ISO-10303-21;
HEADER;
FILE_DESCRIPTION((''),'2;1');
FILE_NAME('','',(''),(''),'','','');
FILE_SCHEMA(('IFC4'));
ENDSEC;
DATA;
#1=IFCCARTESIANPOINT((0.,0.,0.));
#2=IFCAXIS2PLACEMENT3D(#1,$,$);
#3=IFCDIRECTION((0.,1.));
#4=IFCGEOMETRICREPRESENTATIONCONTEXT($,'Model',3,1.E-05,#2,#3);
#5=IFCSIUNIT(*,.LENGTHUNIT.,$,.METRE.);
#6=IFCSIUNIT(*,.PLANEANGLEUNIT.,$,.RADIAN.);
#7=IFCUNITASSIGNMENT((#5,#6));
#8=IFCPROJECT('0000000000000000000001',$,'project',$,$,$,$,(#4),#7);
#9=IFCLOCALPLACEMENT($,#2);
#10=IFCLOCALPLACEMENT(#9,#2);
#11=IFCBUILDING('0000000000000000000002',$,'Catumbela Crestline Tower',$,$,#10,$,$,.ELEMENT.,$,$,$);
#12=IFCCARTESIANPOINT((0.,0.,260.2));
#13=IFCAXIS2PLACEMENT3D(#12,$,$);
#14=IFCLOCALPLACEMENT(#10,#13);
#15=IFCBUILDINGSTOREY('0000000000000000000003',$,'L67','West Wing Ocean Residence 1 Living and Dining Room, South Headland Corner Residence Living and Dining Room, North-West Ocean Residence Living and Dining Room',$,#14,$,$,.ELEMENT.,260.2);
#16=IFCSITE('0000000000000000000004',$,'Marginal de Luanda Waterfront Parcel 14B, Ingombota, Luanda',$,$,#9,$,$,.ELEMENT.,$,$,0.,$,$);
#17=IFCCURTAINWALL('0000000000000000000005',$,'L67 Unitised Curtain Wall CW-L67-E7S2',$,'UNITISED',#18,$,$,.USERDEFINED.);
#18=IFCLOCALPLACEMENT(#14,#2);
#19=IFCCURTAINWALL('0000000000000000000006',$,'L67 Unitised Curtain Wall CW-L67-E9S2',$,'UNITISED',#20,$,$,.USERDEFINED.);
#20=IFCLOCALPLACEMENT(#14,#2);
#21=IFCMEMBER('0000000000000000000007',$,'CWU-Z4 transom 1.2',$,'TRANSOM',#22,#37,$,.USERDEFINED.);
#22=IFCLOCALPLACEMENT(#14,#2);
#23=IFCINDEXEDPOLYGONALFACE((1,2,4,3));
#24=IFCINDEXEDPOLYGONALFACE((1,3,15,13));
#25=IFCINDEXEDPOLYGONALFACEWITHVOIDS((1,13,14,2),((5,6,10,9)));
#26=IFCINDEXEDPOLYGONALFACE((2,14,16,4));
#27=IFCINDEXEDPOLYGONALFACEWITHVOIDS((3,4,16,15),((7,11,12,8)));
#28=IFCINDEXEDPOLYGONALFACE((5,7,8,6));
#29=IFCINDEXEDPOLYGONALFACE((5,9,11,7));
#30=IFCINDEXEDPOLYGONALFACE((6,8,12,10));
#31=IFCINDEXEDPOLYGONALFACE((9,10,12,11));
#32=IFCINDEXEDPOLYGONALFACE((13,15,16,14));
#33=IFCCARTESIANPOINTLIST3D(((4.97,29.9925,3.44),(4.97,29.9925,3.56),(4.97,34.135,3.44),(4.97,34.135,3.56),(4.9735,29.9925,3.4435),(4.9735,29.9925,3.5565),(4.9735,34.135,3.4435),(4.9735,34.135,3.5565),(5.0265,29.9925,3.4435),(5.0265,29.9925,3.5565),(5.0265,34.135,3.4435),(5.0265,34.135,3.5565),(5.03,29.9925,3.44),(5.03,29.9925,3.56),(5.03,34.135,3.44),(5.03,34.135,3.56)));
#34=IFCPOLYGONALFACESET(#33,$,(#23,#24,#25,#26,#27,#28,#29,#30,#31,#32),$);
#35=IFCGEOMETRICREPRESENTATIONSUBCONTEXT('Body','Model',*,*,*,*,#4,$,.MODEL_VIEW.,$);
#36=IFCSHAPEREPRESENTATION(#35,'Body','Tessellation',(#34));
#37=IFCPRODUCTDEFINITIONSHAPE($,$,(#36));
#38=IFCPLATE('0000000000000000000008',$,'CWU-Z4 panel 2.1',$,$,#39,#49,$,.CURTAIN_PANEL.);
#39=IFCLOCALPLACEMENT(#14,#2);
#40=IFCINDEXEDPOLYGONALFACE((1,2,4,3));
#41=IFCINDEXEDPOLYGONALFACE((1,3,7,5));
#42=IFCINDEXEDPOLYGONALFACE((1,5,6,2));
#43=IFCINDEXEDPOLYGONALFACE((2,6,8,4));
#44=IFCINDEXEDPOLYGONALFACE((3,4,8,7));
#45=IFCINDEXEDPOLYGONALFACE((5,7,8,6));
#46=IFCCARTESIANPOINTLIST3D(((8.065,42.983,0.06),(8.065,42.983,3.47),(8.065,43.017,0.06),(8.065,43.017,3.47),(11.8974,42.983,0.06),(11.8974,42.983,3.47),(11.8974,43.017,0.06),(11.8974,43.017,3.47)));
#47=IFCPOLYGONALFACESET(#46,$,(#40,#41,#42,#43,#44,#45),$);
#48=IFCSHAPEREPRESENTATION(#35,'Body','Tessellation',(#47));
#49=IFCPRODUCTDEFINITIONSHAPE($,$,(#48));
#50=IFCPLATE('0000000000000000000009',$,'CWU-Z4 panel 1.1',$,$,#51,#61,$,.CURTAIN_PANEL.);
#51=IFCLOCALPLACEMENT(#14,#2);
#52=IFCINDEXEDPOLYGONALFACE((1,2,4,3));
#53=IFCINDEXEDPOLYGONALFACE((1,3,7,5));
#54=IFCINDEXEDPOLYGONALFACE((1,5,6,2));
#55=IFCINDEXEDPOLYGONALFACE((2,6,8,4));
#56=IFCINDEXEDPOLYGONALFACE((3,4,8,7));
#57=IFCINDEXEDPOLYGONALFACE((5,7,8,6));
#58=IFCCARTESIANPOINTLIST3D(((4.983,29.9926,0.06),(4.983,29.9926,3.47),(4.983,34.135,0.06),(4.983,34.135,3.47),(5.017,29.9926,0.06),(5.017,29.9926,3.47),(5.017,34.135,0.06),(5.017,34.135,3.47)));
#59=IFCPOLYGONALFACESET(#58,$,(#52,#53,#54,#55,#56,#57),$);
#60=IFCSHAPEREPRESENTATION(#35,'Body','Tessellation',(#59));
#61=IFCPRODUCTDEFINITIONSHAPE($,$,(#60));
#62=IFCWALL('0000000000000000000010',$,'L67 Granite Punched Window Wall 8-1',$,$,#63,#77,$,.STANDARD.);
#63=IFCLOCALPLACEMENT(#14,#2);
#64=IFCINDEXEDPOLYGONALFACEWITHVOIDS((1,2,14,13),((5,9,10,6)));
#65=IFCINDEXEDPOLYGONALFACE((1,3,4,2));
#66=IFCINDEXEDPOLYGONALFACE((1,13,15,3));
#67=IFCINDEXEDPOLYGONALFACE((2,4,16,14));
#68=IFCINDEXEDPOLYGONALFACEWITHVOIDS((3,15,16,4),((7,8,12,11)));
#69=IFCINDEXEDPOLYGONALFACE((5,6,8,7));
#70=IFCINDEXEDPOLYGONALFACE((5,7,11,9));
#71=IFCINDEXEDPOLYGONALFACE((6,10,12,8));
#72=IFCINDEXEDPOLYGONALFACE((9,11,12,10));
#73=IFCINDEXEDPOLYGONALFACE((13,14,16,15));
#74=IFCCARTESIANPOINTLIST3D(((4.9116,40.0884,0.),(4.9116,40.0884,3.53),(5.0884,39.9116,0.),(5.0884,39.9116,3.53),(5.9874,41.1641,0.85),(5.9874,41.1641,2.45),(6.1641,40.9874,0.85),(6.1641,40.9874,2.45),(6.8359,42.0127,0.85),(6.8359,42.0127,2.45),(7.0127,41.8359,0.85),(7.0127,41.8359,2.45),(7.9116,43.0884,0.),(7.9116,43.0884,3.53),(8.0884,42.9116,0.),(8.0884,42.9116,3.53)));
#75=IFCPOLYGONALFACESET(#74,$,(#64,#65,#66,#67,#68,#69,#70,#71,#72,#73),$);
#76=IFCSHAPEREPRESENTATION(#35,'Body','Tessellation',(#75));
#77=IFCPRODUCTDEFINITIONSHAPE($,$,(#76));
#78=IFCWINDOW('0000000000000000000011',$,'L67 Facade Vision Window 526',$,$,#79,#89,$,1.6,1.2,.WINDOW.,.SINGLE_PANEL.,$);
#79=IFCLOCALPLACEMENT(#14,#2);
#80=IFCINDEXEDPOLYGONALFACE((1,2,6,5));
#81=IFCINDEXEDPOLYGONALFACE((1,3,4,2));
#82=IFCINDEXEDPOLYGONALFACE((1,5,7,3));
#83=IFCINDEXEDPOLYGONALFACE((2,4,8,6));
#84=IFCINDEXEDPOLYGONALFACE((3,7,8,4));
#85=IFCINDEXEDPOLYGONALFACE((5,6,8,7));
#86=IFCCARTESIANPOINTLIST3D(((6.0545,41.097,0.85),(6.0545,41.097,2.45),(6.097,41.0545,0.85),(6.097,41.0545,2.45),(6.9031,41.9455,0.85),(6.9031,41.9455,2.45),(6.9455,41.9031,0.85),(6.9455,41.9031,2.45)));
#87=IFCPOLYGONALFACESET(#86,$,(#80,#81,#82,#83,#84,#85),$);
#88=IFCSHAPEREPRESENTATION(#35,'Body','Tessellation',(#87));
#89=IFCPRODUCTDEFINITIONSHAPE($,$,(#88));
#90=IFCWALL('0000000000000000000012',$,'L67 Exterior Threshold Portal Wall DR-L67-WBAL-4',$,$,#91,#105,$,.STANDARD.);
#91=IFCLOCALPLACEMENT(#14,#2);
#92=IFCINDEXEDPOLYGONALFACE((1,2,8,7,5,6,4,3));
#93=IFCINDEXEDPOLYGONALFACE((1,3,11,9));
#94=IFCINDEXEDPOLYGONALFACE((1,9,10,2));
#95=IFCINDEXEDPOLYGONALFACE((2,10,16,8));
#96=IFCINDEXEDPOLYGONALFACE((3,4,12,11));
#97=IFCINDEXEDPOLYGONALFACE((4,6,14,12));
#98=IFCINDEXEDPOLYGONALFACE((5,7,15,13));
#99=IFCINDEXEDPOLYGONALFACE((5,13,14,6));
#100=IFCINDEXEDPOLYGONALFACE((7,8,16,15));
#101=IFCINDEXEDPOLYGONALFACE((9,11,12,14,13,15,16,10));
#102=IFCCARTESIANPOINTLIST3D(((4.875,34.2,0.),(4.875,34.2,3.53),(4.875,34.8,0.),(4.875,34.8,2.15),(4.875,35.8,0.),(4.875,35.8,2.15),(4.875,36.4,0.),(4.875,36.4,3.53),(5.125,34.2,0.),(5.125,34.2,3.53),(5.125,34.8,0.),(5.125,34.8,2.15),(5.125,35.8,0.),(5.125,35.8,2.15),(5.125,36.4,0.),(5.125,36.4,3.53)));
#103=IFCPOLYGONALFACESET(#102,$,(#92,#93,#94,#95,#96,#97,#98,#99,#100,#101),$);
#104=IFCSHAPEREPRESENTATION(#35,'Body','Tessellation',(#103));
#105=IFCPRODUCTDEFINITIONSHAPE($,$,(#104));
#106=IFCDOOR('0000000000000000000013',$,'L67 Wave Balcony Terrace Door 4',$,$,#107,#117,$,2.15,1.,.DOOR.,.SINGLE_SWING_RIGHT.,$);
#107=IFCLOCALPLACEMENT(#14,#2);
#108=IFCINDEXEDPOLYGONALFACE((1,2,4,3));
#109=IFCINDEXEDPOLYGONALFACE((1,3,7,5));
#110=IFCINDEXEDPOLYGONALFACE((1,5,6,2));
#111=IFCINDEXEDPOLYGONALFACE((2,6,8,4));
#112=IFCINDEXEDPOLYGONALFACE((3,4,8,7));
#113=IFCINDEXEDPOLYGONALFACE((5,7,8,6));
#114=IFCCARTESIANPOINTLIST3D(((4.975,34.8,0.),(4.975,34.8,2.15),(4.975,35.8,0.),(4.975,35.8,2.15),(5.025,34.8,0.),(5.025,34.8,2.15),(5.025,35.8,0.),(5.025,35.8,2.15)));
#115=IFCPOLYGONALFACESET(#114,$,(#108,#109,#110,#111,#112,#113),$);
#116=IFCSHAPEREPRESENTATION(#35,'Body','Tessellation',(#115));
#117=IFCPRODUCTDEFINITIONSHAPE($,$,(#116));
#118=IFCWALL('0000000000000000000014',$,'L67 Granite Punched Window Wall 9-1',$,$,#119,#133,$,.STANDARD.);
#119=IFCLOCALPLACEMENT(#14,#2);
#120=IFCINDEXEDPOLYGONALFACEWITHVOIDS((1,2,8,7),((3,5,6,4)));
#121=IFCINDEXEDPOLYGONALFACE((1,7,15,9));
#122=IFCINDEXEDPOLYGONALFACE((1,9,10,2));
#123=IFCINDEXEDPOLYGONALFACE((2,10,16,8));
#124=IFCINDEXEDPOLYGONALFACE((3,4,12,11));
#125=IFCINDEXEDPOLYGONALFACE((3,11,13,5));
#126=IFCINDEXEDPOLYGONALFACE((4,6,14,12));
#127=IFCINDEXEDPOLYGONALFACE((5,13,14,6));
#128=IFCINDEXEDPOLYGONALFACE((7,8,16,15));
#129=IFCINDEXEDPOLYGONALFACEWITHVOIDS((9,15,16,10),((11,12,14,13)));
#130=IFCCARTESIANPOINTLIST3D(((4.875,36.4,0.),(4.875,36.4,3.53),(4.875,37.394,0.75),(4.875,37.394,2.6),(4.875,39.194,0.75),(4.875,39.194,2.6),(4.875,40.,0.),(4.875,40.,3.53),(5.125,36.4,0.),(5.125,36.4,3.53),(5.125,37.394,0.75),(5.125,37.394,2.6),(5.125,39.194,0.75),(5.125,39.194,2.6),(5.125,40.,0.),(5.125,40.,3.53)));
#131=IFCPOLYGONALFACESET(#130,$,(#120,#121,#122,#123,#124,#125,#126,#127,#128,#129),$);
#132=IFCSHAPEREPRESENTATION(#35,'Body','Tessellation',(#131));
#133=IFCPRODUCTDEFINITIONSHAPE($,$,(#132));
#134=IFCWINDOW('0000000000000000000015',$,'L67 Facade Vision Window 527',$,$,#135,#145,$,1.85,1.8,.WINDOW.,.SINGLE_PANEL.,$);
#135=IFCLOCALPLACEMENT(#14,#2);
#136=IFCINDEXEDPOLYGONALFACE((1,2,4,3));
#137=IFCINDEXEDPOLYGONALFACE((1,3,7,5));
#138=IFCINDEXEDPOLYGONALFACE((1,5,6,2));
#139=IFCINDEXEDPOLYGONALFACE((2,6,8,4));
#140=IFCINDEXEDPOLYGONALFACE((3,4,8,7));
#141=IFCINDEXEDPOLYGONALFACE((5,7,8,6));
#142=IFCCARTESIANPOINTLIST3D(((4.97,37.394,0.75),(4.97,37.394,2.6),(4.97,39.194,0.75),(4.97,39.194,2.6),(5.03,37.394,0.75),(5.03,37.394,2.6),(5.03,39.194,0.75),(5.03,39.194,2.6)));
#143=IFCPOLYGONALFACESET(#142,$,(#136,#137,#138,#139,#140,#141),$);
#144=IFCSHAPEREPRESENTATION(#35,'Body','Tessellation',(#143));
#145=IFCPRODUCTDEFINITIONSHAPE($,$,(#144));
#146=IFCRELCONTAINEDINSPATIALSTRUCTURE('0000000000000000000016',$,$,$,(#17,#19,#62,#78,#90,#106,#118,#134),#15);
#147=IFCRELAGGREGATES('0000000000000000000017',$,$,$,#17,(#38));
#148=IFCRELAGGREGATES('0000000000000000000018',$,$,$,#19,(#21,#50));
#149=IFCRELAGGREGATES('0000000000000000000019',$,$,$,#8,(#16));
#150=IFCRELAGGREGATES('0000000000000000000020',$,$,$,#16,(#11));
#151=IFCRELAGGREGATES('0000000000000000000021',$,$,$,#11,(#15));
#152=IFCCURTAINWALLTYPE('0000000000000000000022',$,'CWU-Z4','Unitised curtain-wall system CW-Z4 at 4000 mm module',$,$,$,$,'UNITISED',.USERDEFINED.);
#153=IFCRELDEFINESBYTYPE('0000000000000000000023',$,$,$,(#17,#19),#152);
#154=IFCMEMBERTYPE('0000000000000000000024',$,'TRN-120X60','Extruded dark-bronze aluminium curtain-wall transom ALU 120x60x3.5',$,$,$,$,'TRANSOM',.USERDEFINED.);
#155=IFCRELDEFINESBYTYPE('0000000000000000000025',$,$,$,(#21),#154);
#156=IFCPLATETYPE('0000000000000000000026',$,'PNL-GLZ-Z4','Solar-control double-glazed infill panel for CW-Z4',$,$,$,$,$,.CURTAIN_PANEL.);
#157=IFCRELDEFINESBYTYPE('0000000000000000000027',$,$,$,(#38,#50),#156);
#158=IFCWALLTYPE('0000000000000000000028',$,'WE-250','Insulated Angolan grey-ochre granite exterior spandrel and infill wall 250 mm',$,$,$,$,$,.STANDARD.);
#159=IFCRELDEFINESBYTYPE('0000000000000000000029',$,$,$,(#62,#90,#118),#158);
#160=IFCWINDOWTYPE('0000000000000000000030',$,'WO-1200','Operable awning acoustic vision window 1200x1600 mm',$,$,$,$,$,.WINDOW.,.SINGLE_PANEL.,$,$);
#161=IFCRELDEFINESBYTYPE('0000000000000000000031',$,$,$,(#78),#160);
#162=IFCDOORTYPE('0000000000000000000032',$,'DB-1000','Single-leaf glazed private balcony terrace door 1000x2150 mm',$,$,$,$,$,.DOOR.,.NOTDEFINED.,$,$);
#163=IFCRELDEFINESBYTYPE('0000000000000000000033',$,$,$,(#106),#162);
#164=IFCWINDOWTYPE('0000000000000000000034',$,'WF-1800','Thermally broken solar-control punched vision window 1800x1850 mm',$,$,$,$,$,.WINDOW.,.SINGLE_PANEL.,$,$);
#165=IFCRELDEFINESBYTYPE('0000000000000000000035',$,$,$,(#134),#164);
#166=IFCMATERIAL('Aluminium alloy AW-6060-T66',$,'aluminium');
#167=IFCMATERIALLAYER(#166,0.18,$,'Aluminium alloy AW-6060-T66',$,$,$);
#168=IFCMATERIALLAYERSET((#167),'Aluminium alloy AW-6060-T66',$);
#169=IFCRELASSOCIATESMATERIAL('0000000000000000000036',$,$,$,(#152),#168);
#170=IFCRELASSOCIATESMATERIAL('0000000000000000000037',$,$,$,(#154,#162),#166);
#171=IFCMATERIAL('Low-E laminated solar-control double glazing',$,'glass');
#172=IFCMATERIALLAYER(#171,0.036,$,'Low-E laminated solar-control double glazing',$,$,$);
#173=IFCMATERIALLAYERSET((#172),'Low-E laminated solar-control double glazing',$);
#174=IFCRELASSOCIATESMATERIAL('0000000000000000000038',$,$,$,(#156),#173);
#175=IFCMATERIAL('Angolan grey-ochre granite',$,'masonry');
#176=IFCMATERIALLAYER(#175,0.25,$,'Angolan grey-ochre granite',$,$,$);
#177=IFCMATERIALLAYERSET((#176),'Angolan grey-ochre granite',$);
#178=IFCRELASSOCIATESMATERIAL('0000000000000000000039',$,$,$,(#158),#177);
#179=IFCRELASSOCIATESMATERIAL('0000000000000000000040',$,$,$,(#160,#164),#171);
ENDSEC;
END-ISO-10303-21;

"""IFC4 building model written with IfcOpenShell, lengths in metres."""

from ifc_helpers import new_model, si_unit, direction, frame, frame_2d, origin, origin_2d, place, context, subcontext, project, spatial, rectangle, hollow_rectangle, extrude, material, layer, layer_set, material_profile, profile_set, type_object, element, fill, aggregate, save


model = new_model("IFC4")

# Units and contexts
model_context = context("Model", 3, precision=1e-05, world=origin(), true_north=direction((0.0, 1.0)))
body_context = subcontext(model_context, "Body", "Model", "MODEL_VIEW")
ifc_project = project(units=[si_unit("LENGTHUNIT", "METRE"), si_unit("PLANEANGLEUNIT", "RADIAN")], contexts=[model_context])

# Site, building, storey
site_placement = place(None, origin())
site = spatial("IfcSite", under=ifc_project, at=site_placement, Name="Marginal de Luanda Waterfront Parcel 14B, Ingombota, Luanda", CompositionType="ELEMENT", RefElevation=0.0)
building_placement = place(site_placement, origin())
building = spatial("IfcBuilding", under=site, at=building_placement, Name="Catumbela Crestline Tower", CompositionType="ELEMENT")
storey_placement = place(building_placement, frame((0.0, 0.0, 260.2)))
storey = spatial("IfcBuildingStorey", under=building, at=storey_placement, Name="L67", Description="West Wing Ocean Residence 1 Living and Dining Room, South Headland Corner Residence Living and Dining Room, North-West Ocean Residence Living and Dining Room", CompositionType="ELEMENT", Elevation=260.2)

# Curtain walls
ifc_material_1 = material(Name="Aluminium alloy AW-6060-T66", Category="aluminium")
ifc_layer_1 = layer(ifc_material_1, 0.18, Name="Aluminium alloy AW-6060-T66")
ifc_layer_set_1 = layer_set([ifc_layer_1], Name="Aluminium alloy AW-6060-T66")
curtain_wall_type = type_object("IfcCurtainWallType", Name="CWU-Z4", Description="Unitised curtain-wall system CW-Z4 at 4000 mm module", ElementType="UNITISED", PredefinedType="USERDEFINED", material=ifc_layer_set_1)
curtain_wall_1_placement = place(storey_placement, origin())
curtain_wall_1 = element("IfcCurtainWall", 1, at=curtain_wall_1_placement, inside=storey, type_object=curtain_wall_type, Name="L67 Unitised Curtain Wall CW-L67-E7S2", ObjectType="UNITISED", PredefinedType="USERDEFINED")
curtain_wall_2_placement = place(storey_placement, origin())
curtain_wall_2 = element("IfcCurtainWall", 2, at=curtain_wall_2_placement, inside=storey, type_object=curtain_wall_type, Name="L67 Unitised Curtain Wall CW-L67-E9S2", ObjectType="UNITISED", PredefinedType="USERDEFINED")

# Member
ifc_material_profile_1 = material_profile(ifc_material_1, hollow_rectangle(XDim=0.06, YDim=0.12, WallThickness=0.0035, at=origin_2d()), Name="ALU 120x60x3.5")
ifc_profile_set_1 = profile_set([ifc_material_profile_1], Name="Aluminium alloy AW-6060-T66")
member_type_1 = type_object("IfcMemberType", Name="TRN-120X60", Description="Extruded dark-bronze aluminium curtain-wall transom ALU 120x60x3.5", ElementType="TRANSOM", PredefinedType="USERDEFINED", material=ifc_profile_set_1)
member_1_placement = place(storey_placement, frame((5.0, 34.135, 3.5), z_axis=(0.0, -1.0, 0.0), x_axis=(1.0, 0.0, 0.0)))
member_1 = element("IfcMember", 3, at=member_1_placement, type_object=member_type_1, Name="CWU-Z4 transom 1.2", ObjectType="TRANSOM", PredefinedType="USERDEFINED", context=body_context, shape_type="SweptSolid", body=[
    extrude(hollow_rectangle(XDim=0.06, YDim=0.12, WallThickness=0.0035, at=origin_2d()), origin(), (0.0, 0.0, 1.0), 4.1425),
])

# Plates
ifc_material_2 = material(Name="Low-E laminated solar-control double glazing", Category="glass")
ifc_layer_2 = layer(ifc_material_2, 0.036, Name="Low-E laminated solar-control double glazing")
ifc_layer_set_2 = layer_set([ifc_layer_2], Name="Low-E laminated solar-control double glazing")
plate_type = type_object("IfcPlateType", Name="PNL-GLZ-Z4", Description="Solar-control double-glazed infill panel for CW-Z4", PredefinedType="CURTAIN_PANEL", material=ifc_layer_set_2)
plate_1_placement = place(storey_placement, frame((9.9812, 43.0, 0.06), z_axis=(0.0, 0.0, 1.0), x_axis=(-1.0, 0.0, 0.0)))
plate_1 = element("IfcPlate", 4, at=plate_1_placement, type_object=plate_type, Name="CWU-Z4 panel 2.1", PredefinedType="CURTAIN_PANEL", context=body_context, shape_type="SweptSolid", body=[
    extrude(rectangle(XDim=3.8325, YDim=0.034, at=origin_2d()), origin(), (0.0, 0.0, 1.0), 3.41),
])
aggregate(curtain_wall_1, [plate_1])
plate_2_placement = place(storey_placement, frame((5.0, 32.0638, 0.06), z_axis=(0.0, 0.0, 1.0), x_axis=(0.0, -1.0, 0.0)))
plate_2 = element("IfcPlate", 5, at=plate_2_placement, type_object=plate_type, Name="CWU-Z4 panel 1.1", PredefinedType="CURTAIN_PANEL", context=body_context, shape_type="SweptSolid", body=[
    extrude(rectangle(XDim=4.1425, YDim=0.034, at=origin_2d()), origin(), (0.0, 0.0, 1.0), 3.41),
])
aggregate(curtain_wall_2, [member_1, plate_2])

# Wall, opening, window
ifc_material_3 = material(Name="Angolan grey-ochre granite", Category="masonry")
ifc_layer_3 = layer(ifc_material_3, 0.25, Name="Angolan grey-ochre granite")
ifc_layer_set_3 = layer_set([ifc_layer_3], Name="Angolan grey-ochre granite")
wall_type_1 = type_object("IfcWallType", Name="WE-250", Description="Insulated Angolan grey-ochre granite exterior spandrel and infill wall 250 mm", PredefinedType="STANDARD", material=ifc_layer_set_3)
wall_1_placement = place(storey_placement, frame((8.0, 43.0, 0.0), z_axis=(0.0, 0.0, 1.0), x_axis=(-0.707107, -0.707107, 0.0)))
wall_1 = element("IfcWall", 6, at=wall_1_placement, inside=storey, type_object=wall_type_1, Name="L67 Granite Punched Window Wall 8-1", PredefinedType="STANDARD", context=body_context, shape_type="SweptSolid", body=[
    extrude(rectangle(XDim=4.2426, YDim=0.25, at=frame_2d((2.1213, 0.0))), origin(), (0.0, 0.0, 1.0), 3.53),
])
opening_1_placement = place(wall_1_placement, frame((1.5213, 0.0, 0.85)))
opening_1 = element("IfcOpeningElement", 7, at=opening_1_placement, cuts=wall_1, PredefinedType="OPENING", context=body_context, shape_type="SweptSolid", body=[
    extrude(rectangle(XDim=1.2, YDim=1.6, at=frame_2d((0.6, 0.8))), frame((0.0, 0.135, 0.0), z_axis=(0.0, -1.0, 0.0), x_axis=(1.0, 0.0, 0.0)), (0.0, 0.0, 1.0), 0.27),
])
window_type_1 = type_object("IfcWindowType", Name="WO-1200", Description="Operable awning acoustic vision window 1200x1600 mm", PartitioningType="SINGLE_PANEL", PredefinedType="WINDOW", material=ifc_material_2)
window_1_placement = place(opening_1_placement, origin())
window_1 = element("IfcWindow", 8, at=window_1_placement, inside=storey, type_object=window_type_1, Name="L67 Facade Vision Window 526", OverallHeight=1.6, OverallWidth=1.2, PartitioningType="SINGLE_PANEL", PredefinedType="WINDOW", context=body_context, shape_type="SweptSolid", body=[
    extrude(rectangle(XDim=1.2, YDim=1.6, at=frame_2d((0.6, 0.8))), frame((0.0, 0.03, 0.0), z_axis=(0.0, -1.0, 0.0), x_axis=(1.0, 0.0, 0.0)), (0.0, 0.0, 1.0), 0.06),
])
fill(opening_1, window_1)

# Wall, opening, door
wall_2_placement = place(storey_placement, frame((5.0, 36.4, 0.0), z_axis=(0.0, 0.0, 1.0), x_axis=(0.0, -1.0, 0.0)))
wall_2 = element("IfcWall", 9, at=wall_2_placement, inside=storey, type_object=wall_type_1, Name="L67 Exterior Threshold Portal Wall DR-L67-WBAL-4", PredefinedType="STANDARD", context=body_context, shape_type="SweptSolid", body=[
    extrude(rectangle(XDim=2.2, YDim=0.25, at=frame_2d((1.1, 0.0))), origin(), (0.0, 0.0, 1.0), 3.53),
])
opening_2_placement = place(wall_2_placement, frame((0.6, 0.0, 0.0)))
opening_2 = element("IfcOpeningElement", 10, at=opening_2_placement, cuts=wall_2, PredefinedType="OPENING", context=body_context, shape_type="SweptSolid", body=[
    extrude(rectangle(XDim=1.0, YDim=2.15, at=frame_2d((0.5, 1.075))), frame((0.0, 0.135, 0.0), z_axis=(0.0, -1.0, 0.0), x_axis=(1.0, 0.0, 0.0)), (0.0, 0.0, 1.0), 0.27),
])
door_type_1 = type_object("IfcDoorType", Name="DB-1000", Description="Single-leaf glazed private balcony terrace door 1000x2150 mm", OperationType="NOTDEFINED", PredefinedType="DOOR", material=ifc_material_1)
door_1_placement = place(opening_2_placement, origin())
door_1 = element("IfcDoor", 11, at=door_1_placement, inside=storey, type_object=door_type_1, Name="L67 Wave Balcony Terrace Door 4", OperationType="SINGLE_SWING_RIGHT", OverallHeight=2.15, OverallWidth=1.0, PredefinedType="DOOR", context=body_context, shape_type="SweptSolid", body=[
    extrude(rectangle(XDim=1.0, YDim=2.15, at=frame_2d((0.5, 1.075))), frame((0.0, 0.025, 0.0), z_axis=(0.0, -1.0, 0.0), x_axis=(1.0, 0.0, 0.0)), (0.0, 0.0, 1.0), 0.05),
])
fill(opening_2, door_1)

# Wall, opening, window
wall_3_placement = place(storey_placement, frame((5.0, 40.0, 0.0), z_axis=(0.0, 0.0, 1.0), x_axis=(0.0, -1.0, 0.0)))
wall_3 = element("IfcWall", 12, at=wall_3_placement, inside=storey, type_object=wall_type_1, Name="L67 Granite Punched Window Wall 9-1", PredefinedType="STANDARD", context=body_context, shape_type="SweptSolid", body=[
    extrude(rectangle(XDim=3.6, YDim=0.25, at=frame_2d((1.8, 0.0))), origin(), (0.0, 0.0, 1.0), 3.53),
])
opening_3_placement = place(wall_3_placement, frame((0.806, 0.0, 0.75)))
opening_3 = element("IfcOpeningElement", 13, at=opening_3_placement, cuts=wall_3, PredefinedType="OPENING", context=body_context, shape_type="SweptSolid", body=[
    extrude(rectangle(XDim=1.8, YDim=1.85, at=frame_2d((0.9, 0.925))), frame((0.0, 0.135, 0.0), z_axis=(0.0, -1.0, 0.0), x_axis=(1.0, 0.0, 0.0)), (0.0, 0.0, 1.0), 0.27),
])
window_type_2 = type_object("IfcWindowType", Name="WF-1800", Description="Thermally broken solar-control punched vision window 1800x1850 mm", PartitioningType="SINGLE_PANEL", PredefinedType="WINDOW", material=ifc_material_2)
window_2_placement = place(opening_3_placement, origin())
window_2 = element("IfcWindow", 14, at=window_2_placement, inside=storey, type_object=window_type_2, Name="L67 Facade Vision Window 527", OverallHeight=1.85, OverallWidth=1.8, PartitioningType="SINGLE_PANEL", PredefinedType="WINDOW", context=body_context, shape_type="SweptSolid", body=[
    extrude(rectangle(XDim=1.8, YDim=1.85, at=frame_2d((0.9, 0.925))), frame((0.0, 0.03, 0.0), z_axis=(0.0, -1.0, 0.0), x_axis=(1.0, 0.0, 0.0)), (0.0, 0.0, 1.0), 0.06),
])
fill(opening_3, window_2)

save(model, "model.ifc")
